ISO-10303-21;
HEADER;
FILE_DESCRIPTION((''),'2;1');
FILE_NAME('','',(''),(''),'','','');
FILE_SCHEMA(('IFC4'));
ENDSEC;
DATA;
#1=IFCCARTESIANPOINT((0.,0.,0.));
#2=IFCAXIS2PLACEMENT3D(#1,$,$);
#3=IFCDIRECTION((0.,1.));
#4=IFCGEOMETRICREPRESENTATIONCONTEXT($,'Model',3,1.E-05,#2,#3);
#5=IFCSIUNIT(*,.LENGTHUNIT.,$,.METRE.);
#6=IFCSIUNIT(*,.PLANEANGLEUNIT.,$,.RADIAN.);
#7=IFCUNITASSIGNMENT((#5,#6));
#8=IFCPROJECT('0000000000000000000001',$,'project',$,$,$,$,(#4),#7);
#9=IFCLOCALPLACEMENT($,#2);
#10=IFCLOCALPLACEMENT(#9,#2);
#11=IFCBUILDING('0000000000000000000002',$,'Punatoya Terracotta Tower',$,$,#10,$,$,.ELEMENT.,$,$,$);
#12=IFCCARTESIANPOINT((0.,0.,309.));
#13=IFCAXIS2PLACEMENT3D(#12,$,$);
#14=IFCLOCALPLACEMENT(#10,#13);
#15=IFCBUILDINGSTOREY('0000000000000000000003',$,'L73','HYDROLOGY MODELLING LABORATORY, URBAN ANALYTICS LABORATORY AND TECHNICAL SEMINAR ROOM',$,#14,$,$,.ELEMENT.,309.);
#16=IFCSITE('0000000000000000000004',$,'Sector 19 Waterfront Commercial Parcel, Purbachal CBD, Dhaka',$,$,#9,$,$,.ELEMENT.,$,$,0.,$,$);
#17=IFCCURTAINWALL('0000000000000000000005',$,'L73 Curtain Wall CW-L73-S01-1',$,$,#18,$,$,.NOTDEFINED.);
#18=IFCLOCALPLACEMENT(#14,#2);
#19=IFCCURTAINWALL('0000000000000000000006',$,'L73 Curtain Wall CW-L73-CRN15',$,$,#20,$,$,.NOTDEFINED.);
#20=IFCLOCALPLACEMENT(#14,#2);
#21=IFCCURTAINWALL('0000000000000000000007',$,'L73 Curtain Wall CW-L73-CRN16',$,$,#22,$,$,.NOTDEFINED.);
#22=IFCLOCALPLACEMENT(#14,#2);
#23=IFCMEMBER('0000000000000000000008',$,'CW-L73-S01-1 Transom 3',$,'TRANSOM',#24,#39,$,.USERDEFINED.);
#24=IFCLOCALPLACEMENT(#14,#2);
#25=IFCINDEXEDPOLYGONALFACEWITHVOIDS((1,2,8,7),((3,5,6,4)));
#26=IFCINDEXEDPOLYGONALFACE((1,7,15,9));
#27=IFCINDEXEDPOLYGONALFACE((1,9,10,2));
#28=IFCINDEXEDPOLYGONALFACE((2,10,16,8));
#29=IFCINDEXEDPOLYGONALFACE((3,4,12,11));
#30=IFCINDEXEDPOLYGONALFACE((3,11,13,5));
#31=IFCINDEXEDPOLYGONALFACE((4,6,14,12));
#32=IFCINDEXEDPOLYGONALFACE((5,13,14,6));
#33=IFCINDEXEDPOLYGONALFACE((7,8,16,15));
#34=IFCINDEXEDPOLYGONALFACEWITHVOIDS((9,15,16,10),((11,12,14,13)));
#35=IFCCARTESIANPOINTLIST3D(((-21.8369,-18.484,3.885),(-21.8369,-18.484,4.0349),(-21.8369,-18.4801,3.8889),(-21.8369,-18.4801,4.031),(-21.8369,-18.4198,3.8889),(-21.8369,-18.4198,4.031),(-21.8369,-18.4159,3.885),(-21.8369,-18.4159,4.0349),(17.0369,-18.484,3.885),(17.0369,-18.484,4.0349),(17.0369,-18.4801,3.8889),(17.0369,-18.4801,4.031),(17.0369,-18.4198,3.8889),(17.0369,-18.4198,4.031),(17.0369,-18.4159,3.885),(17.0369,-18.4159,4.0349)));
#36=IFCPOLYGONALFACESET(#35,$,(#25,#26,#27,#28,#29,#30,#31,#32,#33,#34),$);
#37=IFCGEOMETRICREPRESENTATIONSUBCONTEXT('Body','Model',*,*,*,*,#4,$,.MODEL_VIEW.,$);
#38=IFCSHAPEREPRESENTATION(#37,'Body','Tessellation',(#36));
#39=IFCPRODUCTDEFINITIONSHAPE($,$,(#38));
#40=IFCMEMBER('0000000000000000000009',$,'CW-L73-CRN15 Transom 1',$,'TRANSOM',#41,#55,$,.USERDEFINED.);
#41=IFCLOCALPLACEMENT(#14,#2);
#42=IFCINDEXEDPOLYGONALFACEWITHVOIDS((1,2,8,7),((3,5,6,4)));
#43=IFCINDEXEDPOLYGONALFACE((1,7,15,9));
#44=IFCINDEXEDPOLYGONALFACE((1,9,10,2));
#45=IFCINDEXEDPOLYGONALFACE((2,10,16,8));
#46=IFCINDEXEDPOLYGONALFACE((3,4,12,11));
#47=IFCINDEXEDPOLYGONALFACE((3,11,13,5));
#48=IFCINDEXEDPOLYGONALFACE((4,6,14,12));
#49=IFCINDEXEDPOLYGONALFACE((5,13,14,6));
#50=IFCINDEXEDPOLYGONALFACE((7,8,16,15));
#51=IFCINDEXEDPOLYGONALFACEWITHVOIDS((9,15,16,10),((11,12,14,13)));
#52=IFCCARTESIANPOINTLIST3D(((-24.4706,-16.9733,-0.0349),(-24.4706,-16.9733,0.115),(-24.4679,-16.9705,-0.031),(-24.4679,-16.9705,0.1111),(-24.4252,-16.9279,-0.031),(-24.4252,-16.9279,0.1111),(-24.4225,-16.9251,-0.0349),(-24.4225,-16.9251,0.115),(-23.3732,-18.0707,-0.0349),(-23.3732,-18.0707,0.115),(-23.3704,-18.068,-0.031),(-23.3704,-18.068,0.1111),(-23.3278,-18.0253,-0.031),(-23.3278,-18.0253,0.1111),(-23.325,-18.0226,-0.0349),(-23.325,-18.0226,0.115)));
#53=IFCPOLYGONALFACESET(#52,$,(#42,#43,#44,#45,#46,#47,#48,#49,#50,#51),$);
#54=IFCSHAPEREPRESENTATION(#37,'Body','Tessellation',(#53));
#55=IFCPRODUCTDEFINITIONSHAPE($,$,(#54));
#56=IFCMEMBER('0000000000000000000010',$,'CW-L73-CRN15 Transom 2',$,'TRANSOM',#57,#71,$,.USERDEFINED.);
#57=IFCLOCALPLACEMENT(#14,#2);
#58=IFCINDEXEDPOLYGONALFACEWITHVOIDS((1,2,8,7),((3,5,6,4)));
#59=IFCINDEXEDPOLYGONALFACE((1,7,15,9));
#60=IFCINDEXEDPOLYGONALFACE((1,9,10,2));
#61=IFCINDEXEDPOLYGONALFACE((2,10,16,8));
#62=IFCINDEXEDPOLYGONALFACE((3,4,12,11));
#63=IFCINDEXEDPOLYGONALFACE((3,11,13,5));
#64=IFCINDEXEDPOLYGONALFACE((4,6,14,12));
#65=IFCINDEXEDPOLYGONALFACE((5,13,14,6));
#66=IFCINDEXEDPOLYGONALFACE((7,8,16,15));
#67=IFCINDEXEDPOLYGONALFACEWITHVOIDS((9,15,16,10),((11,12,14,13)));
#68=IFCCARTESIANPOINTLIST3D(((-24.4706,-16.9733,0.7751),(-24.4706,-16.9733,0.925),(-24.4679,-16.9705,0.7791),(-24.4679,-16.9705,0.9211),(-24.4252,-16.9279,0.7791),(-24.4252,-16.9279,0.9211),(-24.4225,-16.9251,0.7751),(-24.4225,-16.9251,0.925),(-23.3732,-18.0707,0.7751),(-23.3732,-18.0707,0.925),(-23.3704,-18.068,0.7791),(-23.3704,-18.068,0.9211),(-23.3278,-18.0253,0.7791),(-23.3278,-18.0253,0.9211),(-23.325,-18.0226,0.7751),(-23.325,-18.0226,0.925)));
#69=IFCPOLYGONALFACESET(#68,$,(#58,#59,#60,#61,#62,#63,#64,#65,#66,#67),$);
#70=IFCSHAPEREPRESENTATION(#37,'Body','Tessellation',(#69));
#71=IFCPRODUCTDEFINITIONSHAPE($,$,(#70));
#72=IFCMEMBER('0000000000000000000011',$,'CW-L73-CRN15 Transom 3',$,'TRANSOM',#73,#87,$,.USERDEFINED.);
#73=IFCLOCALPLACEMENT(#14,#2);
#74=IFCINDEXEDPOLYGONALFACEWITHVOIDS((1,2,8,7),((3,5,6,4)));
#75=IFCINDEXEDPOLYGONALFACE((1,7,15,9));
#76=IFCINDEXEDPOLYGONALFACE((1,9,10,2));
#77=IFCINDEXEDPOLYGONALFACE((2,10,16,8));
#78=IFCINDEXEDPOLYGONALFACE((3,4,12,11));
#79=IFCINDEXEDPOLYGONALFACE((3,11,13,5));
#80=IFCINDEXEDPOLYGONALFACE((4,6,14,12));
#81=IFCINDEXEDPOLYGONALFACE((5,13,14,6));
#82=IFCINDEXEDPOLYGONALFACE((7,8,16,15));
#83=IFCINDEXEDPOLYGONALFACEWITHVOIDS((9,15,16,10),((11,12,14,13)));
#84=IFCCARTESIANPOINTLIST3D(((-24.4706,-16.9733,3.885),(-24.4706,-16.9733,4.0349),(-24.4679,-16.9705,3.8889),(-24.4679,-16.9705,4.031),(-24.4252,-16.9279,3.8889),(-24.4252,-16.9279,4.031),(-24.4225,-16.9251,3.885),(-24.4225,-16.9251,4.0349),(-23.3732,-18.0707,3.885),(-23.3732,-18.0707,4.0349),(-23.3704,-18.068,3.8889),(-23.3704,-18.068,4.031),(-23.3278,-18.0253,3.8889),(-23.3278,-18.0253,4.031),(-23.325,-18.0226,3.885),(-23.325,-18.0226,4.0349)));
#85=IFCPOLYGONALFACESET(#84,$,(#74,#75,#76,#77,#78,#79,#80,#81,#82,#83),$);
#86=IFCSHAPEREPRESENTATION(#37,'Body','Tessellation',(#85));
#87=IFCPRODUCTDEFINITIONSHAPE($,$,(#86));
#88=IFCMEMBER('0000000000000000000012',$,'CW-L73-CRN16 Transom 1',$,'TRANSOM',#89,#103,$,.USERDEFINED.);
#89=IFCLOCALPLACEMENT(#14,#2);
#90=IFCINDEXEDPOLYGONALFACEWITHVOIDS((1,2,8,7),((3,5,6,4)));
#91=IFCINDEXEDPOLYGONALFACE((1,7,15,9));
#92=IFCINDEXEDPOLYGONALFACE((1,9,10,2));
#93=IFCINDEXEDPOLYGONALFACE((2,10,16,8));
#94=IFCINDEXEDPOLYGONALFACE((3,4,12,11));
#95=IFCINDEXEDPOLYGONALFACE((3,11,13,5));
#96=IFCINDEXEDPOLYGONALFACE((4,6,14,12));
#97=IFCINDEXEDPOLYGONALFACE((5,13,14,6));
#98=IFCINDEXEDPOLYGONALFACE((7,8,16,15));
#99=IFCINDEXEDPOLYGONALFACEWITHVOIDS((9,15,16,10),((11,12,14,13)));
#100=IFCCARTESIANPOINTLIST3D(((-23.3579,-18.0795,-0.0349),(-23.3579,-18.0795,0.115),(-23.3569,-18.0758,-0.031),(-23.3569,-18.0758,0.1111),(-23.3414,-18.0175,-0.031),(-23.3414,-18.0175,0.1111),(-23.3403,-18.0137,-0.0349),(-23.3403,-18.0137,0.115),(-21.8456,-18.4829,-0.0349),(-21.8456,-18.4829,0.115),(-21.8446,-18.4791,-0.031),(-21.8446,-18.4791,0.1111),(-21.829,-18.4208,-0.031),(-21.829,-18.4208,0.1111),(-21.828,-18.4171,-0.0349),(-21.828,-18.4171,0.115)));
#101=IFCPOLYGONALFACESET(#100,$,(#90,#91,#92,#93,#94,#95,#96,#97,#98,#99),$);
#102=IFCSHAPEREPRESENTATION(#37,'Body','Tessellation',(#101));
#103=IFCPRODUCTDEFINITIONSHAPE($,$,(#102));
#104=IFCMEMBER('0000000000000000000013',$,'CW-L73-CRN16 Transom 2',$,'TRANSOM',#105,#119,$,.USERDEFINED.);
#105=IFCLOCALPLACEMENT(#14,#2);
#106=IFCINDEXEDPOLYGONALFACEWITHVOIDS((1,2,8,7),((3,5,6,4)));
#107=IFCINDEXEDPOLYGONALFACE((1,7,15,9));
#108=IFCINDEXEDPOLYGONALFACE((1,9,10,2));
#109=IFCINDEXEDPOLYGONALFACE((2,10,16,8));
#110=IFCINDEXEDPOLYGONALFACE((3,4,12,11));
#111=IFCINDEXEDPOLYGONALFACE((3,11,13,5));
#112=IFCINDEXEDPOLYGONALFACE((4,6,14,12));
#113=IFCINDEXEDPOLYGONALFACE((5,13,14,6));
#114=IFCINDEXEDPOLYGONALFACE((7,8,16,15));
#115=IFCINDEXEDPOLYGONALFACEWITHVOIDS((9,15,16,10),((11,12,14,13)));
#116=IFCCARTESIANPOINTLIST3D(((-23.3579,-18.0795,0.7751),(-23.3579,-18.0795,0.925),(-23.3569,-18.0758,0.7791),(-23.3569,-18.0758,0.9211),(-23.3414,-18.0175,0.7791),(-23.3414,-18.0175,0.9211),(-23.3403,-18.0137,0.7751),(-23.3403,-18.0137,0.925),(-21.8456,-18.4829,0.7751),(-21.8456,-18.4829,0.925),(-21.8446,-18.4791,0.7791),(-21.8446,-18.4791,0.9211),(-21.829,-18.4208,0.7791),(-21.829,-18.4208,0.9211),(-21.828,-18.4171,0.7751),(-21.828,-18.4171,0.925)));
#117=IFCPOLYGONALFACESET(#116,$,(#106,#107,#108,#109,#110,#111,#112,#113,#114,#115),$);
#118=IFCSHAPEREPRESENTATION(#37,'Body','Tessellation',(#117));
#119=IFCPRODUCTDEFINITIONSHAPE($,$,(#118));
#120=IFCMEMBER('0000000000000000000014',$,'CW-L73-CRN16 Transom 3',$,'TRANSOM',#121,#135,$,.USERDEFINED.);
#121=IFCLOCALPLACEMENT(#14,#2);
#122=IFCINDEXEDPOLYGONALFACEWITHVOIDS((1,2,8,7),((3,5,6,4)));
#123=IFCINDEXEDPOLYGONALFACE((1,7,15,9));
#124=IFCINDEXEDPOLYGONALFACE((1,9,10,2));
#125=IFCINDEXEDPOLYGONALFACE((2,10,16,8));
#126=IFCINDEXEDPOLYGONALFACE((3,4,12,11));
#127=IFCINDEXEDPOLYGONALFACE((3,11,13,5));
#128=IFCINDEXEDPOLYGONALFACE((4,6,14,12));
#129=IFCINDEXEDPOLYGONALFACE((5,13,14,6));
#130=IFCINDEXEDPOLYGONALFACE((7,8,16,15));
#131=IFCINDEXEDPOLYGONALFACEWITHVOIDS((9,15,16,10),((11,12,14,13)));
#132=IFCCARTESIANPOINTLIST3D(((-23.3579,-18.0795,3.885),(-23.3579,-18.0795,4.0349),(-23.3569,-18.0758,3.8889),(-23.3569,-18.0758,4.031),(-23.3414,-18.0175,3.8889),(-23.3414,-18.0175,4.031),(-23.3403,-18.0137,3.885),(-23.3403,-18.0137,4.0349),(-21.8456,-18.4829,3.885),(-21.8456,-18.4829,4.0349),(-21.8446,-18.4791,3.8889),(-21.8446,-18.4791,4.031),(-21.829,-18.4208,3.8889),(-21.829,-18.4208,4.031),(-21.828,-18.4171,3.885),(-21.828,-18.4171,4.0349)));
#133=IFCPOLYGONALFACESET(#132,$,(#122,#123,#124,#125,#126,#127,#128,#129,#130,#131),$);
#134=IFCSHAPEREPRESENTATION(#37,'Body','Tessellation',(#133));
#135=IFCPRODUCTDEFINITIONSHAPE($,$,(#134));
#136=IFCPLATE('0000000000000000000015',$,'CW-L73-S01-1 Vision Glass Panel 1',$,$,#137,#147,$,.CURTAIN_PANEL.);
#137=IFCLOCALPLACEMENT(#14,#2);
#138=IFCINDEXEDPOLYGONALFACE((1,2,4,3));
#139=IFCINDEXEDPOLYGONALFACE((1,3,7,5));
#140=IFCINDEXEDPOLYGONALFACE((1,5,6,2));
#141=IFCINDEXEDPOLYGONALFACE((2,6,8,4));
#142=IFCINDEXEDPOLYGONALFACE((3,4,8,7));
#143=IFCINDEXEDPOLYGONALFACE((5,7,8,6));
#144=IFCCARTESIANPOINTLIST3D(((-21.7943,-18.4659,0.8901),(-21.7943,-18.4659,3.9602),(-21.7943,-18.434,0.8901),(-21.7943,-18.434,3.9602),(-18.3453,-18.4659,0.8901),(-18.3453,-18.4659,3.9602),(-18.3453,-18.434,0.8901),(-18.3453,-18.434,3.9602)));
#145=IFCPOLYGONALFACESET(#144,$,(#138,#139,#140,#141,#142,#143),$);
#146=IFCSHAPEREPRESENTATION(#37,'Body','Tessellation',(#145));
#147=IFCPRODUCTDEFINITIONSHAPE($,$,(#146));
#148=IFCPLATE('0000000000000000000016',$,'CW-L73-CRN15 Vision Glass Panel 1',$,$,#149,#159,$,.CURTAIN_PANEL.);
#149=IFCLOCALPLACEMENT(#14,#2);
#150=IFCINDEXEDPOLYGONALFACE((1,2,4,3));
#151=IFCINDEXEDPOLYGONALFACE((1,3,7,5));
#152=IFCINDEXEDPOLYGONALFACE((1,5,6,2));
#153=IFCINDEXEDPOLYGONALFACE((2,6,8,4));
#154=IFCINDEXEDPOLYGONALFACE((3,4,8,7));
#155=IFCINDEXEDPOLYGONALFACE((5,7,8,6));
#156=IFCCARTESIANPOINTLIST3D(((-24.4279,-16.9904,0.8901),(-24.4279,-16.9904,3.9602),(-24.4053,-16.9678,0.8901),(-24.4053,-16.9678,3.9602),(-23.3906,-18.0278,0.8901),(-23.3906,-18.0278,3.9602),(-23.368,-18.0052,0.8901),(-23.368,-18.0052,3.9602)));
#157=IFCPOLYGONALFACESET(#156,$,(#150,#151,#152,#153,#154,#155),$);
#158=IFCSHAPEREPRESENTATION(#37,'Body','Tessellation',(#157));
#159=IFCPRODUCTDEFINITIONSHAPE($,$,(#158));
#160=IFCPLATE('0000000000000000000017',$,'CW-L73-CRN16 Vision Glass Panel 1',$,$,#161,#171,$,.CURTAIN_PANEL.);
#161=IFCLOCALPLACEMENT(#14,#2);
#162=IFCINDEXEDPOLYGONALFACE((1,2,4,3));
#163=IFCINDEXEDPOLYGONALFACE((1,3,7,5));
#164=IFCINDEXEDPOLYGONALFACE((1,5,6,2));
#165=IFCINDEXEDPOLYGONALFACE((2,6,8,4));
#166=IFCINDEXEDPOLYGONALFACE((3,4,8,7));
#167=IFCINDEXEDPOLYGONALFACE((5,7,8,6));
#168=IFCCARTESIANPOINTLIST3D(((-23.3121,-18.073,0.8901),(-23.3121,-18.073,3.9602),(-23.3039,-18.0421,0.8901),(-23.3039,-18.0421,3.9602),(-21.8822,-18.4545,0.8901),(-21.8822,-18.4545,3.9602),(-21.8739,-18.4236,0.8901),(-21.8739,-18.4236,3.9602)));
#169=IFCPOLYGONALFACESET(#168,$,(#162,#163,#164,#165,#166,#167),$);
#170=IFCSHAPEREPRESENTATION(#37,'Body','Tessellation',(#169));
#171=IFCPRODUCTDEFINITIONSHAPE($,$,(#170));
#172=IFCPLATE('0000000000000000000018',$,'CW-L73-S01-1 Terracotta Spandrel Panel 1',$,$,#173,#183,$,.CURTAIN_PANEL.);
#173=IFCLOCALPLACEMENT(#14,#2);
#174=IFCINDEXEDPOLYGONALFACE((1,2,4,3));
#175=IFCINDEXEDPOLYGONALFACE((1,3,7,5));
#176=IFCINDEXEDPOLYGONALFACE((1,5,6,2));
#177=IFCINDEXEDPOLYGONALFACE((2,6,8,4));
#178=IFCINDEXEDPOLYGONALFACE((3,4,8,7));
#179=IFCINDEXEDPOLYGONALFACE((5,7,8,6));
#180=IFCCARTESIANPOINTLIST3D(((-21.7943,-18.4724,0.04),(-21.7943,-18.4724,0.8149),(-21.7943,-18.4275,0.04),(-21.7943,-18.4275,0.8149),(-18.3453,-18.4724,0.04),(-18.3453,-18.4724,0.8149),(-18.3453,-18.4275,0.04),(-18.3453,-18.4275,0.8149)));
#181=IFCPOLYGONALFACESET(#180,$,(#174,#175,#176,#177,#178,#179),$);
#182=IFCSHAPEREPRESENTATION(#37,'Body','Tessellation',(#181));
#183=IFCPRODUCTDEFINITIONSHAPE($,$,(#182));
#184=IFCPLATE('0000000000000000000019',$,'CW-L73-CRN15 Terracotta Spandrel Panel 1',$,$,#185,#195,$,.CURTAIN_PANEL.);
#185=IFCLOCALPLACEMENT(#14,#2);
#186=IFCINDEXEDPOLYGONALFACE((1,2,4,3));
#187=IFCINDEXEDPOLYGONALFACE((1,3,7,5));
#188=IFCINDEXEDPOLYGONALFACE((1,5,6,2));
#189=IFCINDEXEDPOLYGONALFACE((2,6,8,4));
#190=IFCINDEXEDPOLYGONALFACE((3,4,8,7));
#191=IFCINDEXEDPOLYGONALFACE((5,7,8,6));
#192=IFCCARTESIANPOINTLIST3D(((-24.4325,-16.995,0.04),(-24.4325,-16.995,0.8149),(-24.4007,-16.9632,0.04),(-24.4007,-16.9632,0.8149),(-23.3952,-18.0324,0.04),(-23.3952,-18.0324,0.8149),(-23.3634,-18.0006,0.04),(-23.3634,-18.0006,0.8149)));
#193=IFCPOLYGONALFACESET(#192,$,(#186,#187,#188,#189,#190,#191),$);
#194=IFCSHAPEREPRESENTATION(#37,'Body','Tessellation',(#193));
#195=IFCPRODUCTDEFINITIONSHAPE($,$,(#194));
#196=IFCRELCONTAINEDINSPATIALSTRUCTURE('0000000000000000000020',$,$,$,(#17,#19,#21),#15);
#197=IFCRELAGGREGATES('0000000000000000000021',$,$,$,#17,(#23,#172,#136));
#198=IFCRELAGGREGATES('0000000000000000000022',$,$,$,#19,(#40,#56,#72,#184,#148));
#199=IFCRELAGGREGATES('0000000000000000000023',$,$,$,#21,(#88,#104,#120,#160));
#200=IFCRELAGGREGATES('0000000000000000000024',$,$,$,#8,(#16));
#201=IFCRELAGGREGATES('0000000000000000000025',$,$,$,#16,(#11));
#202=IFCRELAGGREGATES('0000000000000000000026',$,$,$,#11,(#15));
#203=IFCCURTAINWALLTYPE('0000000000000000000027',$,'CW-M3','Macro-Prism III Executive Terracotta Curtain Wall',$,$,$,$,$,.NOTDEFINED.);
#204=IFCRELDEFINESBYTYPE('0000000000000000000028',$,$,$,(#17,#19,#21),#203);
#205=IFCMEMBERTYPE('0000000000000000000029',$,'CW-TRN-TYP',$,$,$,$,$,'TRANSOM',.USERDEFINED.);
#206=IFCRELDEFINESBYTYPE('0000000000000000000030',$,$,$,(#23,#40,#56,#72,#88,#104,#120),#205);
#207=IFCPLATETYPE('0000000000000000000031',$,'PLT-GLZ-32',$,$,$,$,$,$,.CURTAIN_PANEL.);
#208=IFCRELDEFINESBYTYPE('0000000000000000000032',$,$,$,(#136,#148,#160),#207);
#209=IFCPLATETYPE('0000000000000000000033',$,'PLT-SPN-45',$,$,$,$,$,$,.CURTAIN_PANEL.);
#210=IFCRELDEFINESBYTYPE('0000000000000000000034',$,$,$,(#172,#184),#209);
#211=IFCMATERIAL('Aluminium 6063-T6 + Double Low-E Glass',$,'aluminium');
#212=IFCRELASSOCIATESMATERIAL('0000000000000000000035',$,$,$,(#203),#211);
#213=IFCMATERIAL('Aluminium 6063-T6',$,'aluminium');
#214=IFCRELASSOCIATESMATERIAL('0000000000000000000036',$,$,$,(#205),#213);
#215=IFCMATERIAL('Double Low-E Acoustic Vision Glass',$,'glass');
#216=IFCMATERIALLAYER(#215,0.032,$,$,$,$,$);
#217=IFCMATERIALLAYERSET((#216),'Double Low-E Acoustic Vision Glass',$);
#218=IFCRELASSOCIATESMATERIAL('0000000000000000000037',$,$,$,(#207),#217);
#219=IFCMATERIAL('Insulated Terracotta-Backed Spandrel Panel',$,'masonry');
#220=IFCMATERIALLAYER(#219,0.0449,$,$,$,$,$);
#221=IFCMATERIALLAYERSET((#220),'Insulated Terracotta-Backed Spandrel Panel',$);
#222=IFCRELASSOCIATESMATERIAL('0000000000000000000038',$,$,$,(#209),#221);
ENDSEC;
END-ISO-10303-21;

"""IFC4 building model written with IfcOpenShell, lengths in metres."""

from ifc_helpers import new_model, si_unit, direction, frame, origin, origin_2d, place, context, subcontext, project, spatial, rectangle, hollow_rectangle, extrude, material, layer, layer_set, material_profile, profile_set, type_object, element, aggregate, save


model = new_model("IFC4")

# Units and contexts
model_context = context("Model", 3, precision=1e-05, world=origin(), true_north=direction((0.0, 1.0)))
body_context = subcontext(model_context, "Body", "Model", "MODEL_VIEW")
ifc_project = project(units=[si_unit("LENGTHUNIT", "METRE"), si_unit("PLANEANGLEUNIT", "RADIAN")], contexts=[model_context])

# Site, building, storey
site_placement = place(None, origin())
site = spatial("IfcSite", under=ifc_project, at=site_placement, Name="Sector 19 Waterfront Commercial Parcel, Purbachal CBD, Dhaka", CompositionType="ELEMENT", RefElevation=0.0)
building_placement = place(site_placement, origin())
building = spatial("IfcBuilding", under=site, at=building_placement, Name="Punatoya Terracotta Tower", CompositionType="ELEMENT")
storey_placement = place(building_placement, frame((0.0, 0.0, 309.0)))
storey = spatial("IfcBuildingStorey", under=building, at=storey_placement, Name="L73", Description="HYDROLOGY MODELLING LABORATORY, URBAN ANALYTICS LABORATORY AND TECHNICAL SEMINAR ROOM", CompositionType="ELEMENT", Elevation=309.0)

# Curtain wall
ifc_material_1 = material(Name="Aluminium 6063-T6 + Double Low-E Glass", Category="aluminium")
curtain_wall_type = type_object("IfcCurtainWallType", Name="CW-M3", Description="Macro-Prism III Executive Terracotta Curtain Wall", PredefinedType="NOTDEFINED", material=ifc_material_1)
curtain_wall_1_placement = place(storey_placement, origin())
curtain_wall_1 = element("IfcCurtainWall", 1, at=curtain_wall_1_placement, inside=storey, type_object=curtain_wall_type, Name="L73 Curtain Wall CW-L73-S01-1", PredefinedType="NOTDEFINED")
ifc_material_2 = material(Name="Aluminium 6063-T6", Category="aluminium")

# Curtain walls
curtain_wall_2_placement = place(storey_placement, origin())
curtain_wall_2 = element("IfcCurtainWall", 2, at=curtain_wall_2_placement, inside=storey, type_object=curtain_wall_type, Name="L73 Curtain Wall CW-L73-CRN15", PredefinedType="NOTDEFINED")
curtain_wall_3_placement = place(storey_placement, origin())
curtain_wall_3 = element("IfcCurtainWall", 3, at=curtain_wall_3_placement, inside=storey, type_object=curtain_wall_type, Name="L73 Curtain Wall CW-L73-CRN16", PredefinedType="NOTDEFINED")

# Members
ifc_material_profile_1 = material_profile(ifc_material_2, hollow_rectangle(XDim=0.0681, YDim=0.1499, WallThickness=0.0039, at=origin_2d()))
ifc_profile_set_1 = profile_set([ifc_material_profile_1], Name="Aluminium 6063-T6")
member_type_1 = type_object("IfcMemberType", Name="CW-TRN-TYP", ElementType="TRANSOM", PredefinedType="USERDEFINED", material=ifc_profile_set_1)
member_1_placement = place(storey_placement, frame((-21.8369, -18.45, 3.96), z_axis=(1.0, 0.0, 0.0), x_axis=(0.0, 1.0, 0.0)))
member_1 = element("IfcMember", 4, at=member_1_placement, type_object=member_type_1, Name="CW-L73-S01-1 Transom 3", ObjectType="TRANSOM", PredefinedType="USERDEFINED", context=body_context, shape_type="SweptSolid", body=[
    extrude(hollow_rectangle(XDim=0.0681, YDim=0.1499, WallThickness=0.0039, at=origin_2d()), origin(), (0.0, 0.0, 1.0), 38.8738),
])
member_2_placement = place(storey_placement, frame((-24.4465, -16.9492, 0.04), z_axis=(0.707107, -0.707107, 0.0), x_axis=(0.707107, 0.707107, 0.0)))
member_2 = element("IfcMember", 5, at=member_2_placement, type_object=member_type_1, Name="CW-L73-CRN15 Transom 1", ObjectType="TRANSOM", PredefinedType="USERDEFINED", context=body_context, shape_type="SweptSolid", body=[
    extrude(hollow_rectangle(XDim=0.0681, YDim=0.1499, WallThickness=0.0039, at=origin_2d()), origin(), (0.0, 0.0, 1.0), 1.552),
])
member_3_placement = place(storey_placement, frame((-24.4465, -16.9492, 0.8501), z_axis=(0.707107, -0.707107, 0.0), x_axis=(0.707107, 0.707107, 0.0)))
member_3 = element("IfcMember", 6, at=member_3_placement, type_object=member_type_1, Name="CW-L73-CRN15 Transom 2", ObjectType="TRANSOM", PredefinedType="USERDEFINED", context=body_context, shape_type="SweptSolid", body=[
    extrude(hollow_rectangle(XDim=0.0681, YDim=0.1499, WallThickness=0.0039, at=origin_2d()), origin(), (0.0, 0.0, 1.0), 1.552),
])
member_4_placement = place(storey_placement, frame((-24.4465, -16.9492, 3.96), z_axis=(0.707107, -0.707107, 0.0), x_axis=(0.707107, 0.707107, 0.0)))
member_4 = element("IfcMember", 7, at=member_4_placement, type_object=member_type_1, Name="CW-L73-CRN15 Transom 3", ObjectType="TRANSOM", PredefinedType="USERDEFINED", context=body_context, shape_type="SweptSolid", body=[
    extrude(hollow_rectangle(XDim=0.0681, YDim=0.1499, WallThickness=0.0039, at=origin_2d()), origin(), (0.0, 0.0, 1.0), 1.552),
])
member_5_placement = place(storey_placement, frame((-23.3491, -18.0466, 0.04), z_axis=(0.966225, -0.257701, 0.0), x_axis=(0.257701, 0.966225, 0.0)))
member_5 = element("IfcMember", 8, at=member_5_placement, type_object=member_type_1, Name="CW-L73-CRN16 Transom 1", ObjectType="TRANSOM", PredefinedType="USERDEFINED", context=body_context, shape_type="SweptSolid", body=[
    extrude(hollow_rectangle(XDim=0.0681, YDim=0.1499, WallThickness=0.0039, at=origin_2d()), origin(), (0.0, 0.0, 1.0), 1.5652),
])
member_6_placement = place(storey_placement, frame((-23.3491, -18.0466, 0.8501), z_axis=(0.966225, -0.257701, 0.0), x_axis=(0.257701, 0.966225, 0.0)))
member_6 = element("IfcMember", 9, at=member_6_placement, type_object=member_type_1, Name="CW-L73-CRN16 Transom 2", ObjectType="TRANSOM", PredefinedType="USERDEFINED", context=body_context, shape_type="SweptSolid", body=[
    extrude(hollow_rectangle(XDim=0.0681, YDim=0.1499, WallThickness=0.0039, at=origin_2d()), origin(), (0.0, 0.0, 1.0), 1.5652),
])
member_7_placement = place(storey_placement, frame((-23.3491, -18.0466, 3.96), z_axis=(0.966225, -0.257701, 0.0), x_axis=(0.257701, 0.966225, 0.0)))
member_7 = element("IfcMember", 10, at=member_7_placement, type_object=member_type_1, Name="CW-L73-CRN16 Transom 3", ObjectType="TRANSOM", PredefinedType="USERDEFINED", context=body_context, shape_type="SweptSolid", body=[
    extrude(hollow_rectangle(XDim=0.0681, YDim=0.1499, WallThickness=0.0039, at=origin_2d()), origin(), (0.0, 0.0, 1.0), 1.5652),
])

# Plates
ifc_material_3 = material(Name="Double Low-E Acoustic Vision Glass", Category="glass")
ifc_layer_1 = layer(ifc_material_3, 0.032)
ifc_layer_set_1 = layer_set([ifc_layer_1], Name="Double Low-E Acoustic Vision Glass")
plate_type_1 = type_object("IfcPlateType", Name="PLT-GLZ-32", PredefinedType="CURTAIN_PANEL", material=ifc_layer_set_1)
plate_1_placement = place(storey_placement, frame((-20.0698, -18.45, 0.8901), z_axis=(0.0, 0.0, 1.0), x_axis=(1.0, 0.0, 0.0)))
plate_1 = element("IfcPlate", 11, at=plate_1_placement, type_object=plate_type_1, Name="CW-L73-S01-1 Vision Glass Panel 1", PredefinedType="CURTAIN_PANEL", context=body_context, shape_type="SweptSolid", body=[
    extrude(rectangle(XDim=3.449, YDim=0.032, at=origin_2d()), origin(), (0.0, 0.0, 1.0), 3.0701),
])
plate_2_placement = place(storey_placement, frame((-23.8979, -17.4978, 0.8901), z_axis=(0.0, 0.0, 1.0), x_axis=(0.707107, -0.707107, 0.0)))
plate_2 = element("IfcPlate", 12, at=plate_2_placement, type_object=plate_type_1, Name="CW-L73-CRN15 Vision Glass Panel 1", PredefinedType="CURTAIN_PANEL", context=body_context, shape_type="SweptSolid", body=[
    extrude(rectangle(XDim=1.467, YDim=0.032, at=origin_2d()), origin(), (0.0, 0.0, 1.0), 3.0701),
])
plate_3_placement = place(storey_placement, frame((-22.593, -18.2483, 0.8901), z_axis=(0.0, 0.0, 1.0), x_axis=(0.966214, -0.257742, 0.0)))
plate_3 = element("IfcPlate", 13, at=plate_3_placement, type_object=plate_type_1, Name="CW-L73-CRN16 Vision Glass Panel 1", PredefinedType="CURTAIN_PANEL", context=body_context, shape_type="SweptSolid", body=[
    extrude(rectangle(XDim=1.48, YDim=0.032, at=origin_2d()), origin(), (0.0, 0.0, 1.0), 3.0701),
])
ifc_material_4 = material(Name="Insulated Terracotta-Backed Spandrel Panel", Category="masonry")
ifc_layer_2 = layer(ifc_material_4, 0.0449)
ifc_layer_set_2 = layer_set([ifc_layer_2], Name="Insulated Terracotta-Backed Spandrel Panel")
plate_type_2 = type_object("IfcPlateType", Name="PLT-SPN-45", PredefinedType="CURTAIN_PANEL", material=ifc_layer_set_2)
plate_4_placement = place(storey_placement, frame((-20.0698, -18.45, 0.04), z_axis=(0.0, 0.0, 1.0), x_axis=(1.0, 0.0, 0.0)))
plate_4 = element("IfcPlate", 14, at=plate_4_placement, type_object=plate_type_2, Name="CW-L73-S01-1 Terracotta Spandrel Panel 1", PredefinedType="CURTAIN_PANEL", context=body_context, shape_type="SweptSolid", body=[
    extrude(rectangle(XDim=3.449, YDim=0.0449, at=origin_2d()), origin(), (0.0, 0.0, 1.0), 0.7749),
])
aggregate(curtain_wall_1, [member_1, plate_4, plate_1])
plate_5_placement = place(storey_placement, frame((-23.8979, -17.4978, 0.04), z_axis=(0.0, 0.0, 1.0), x_axis=(0.707107, -0.707107, 0.0)))
plate_5 = element("IfcPlate", 15, at=plate_5_placement, type_object=plate_type_2, Name="CW-L73-CRN15 Terracotta Spandrel Panel 1", PredefinedType="CURTAIN_PANEL", context=body_context, shape_type="SweptSolid", body=[
    extrude(rectangle(XDim=1.467, YDim=0.0449, at=origin_2d()), origin(), (0.0, 0.0, 1.0), 0.7749),
])
aggregate(curtain_wall_2, [member_2, member_3, member_4, plate_5, plate_2])
aggregate(curtain_wall_3, [member_5, member_6, member_7, plate_3])

save(model, "model.ifc")
